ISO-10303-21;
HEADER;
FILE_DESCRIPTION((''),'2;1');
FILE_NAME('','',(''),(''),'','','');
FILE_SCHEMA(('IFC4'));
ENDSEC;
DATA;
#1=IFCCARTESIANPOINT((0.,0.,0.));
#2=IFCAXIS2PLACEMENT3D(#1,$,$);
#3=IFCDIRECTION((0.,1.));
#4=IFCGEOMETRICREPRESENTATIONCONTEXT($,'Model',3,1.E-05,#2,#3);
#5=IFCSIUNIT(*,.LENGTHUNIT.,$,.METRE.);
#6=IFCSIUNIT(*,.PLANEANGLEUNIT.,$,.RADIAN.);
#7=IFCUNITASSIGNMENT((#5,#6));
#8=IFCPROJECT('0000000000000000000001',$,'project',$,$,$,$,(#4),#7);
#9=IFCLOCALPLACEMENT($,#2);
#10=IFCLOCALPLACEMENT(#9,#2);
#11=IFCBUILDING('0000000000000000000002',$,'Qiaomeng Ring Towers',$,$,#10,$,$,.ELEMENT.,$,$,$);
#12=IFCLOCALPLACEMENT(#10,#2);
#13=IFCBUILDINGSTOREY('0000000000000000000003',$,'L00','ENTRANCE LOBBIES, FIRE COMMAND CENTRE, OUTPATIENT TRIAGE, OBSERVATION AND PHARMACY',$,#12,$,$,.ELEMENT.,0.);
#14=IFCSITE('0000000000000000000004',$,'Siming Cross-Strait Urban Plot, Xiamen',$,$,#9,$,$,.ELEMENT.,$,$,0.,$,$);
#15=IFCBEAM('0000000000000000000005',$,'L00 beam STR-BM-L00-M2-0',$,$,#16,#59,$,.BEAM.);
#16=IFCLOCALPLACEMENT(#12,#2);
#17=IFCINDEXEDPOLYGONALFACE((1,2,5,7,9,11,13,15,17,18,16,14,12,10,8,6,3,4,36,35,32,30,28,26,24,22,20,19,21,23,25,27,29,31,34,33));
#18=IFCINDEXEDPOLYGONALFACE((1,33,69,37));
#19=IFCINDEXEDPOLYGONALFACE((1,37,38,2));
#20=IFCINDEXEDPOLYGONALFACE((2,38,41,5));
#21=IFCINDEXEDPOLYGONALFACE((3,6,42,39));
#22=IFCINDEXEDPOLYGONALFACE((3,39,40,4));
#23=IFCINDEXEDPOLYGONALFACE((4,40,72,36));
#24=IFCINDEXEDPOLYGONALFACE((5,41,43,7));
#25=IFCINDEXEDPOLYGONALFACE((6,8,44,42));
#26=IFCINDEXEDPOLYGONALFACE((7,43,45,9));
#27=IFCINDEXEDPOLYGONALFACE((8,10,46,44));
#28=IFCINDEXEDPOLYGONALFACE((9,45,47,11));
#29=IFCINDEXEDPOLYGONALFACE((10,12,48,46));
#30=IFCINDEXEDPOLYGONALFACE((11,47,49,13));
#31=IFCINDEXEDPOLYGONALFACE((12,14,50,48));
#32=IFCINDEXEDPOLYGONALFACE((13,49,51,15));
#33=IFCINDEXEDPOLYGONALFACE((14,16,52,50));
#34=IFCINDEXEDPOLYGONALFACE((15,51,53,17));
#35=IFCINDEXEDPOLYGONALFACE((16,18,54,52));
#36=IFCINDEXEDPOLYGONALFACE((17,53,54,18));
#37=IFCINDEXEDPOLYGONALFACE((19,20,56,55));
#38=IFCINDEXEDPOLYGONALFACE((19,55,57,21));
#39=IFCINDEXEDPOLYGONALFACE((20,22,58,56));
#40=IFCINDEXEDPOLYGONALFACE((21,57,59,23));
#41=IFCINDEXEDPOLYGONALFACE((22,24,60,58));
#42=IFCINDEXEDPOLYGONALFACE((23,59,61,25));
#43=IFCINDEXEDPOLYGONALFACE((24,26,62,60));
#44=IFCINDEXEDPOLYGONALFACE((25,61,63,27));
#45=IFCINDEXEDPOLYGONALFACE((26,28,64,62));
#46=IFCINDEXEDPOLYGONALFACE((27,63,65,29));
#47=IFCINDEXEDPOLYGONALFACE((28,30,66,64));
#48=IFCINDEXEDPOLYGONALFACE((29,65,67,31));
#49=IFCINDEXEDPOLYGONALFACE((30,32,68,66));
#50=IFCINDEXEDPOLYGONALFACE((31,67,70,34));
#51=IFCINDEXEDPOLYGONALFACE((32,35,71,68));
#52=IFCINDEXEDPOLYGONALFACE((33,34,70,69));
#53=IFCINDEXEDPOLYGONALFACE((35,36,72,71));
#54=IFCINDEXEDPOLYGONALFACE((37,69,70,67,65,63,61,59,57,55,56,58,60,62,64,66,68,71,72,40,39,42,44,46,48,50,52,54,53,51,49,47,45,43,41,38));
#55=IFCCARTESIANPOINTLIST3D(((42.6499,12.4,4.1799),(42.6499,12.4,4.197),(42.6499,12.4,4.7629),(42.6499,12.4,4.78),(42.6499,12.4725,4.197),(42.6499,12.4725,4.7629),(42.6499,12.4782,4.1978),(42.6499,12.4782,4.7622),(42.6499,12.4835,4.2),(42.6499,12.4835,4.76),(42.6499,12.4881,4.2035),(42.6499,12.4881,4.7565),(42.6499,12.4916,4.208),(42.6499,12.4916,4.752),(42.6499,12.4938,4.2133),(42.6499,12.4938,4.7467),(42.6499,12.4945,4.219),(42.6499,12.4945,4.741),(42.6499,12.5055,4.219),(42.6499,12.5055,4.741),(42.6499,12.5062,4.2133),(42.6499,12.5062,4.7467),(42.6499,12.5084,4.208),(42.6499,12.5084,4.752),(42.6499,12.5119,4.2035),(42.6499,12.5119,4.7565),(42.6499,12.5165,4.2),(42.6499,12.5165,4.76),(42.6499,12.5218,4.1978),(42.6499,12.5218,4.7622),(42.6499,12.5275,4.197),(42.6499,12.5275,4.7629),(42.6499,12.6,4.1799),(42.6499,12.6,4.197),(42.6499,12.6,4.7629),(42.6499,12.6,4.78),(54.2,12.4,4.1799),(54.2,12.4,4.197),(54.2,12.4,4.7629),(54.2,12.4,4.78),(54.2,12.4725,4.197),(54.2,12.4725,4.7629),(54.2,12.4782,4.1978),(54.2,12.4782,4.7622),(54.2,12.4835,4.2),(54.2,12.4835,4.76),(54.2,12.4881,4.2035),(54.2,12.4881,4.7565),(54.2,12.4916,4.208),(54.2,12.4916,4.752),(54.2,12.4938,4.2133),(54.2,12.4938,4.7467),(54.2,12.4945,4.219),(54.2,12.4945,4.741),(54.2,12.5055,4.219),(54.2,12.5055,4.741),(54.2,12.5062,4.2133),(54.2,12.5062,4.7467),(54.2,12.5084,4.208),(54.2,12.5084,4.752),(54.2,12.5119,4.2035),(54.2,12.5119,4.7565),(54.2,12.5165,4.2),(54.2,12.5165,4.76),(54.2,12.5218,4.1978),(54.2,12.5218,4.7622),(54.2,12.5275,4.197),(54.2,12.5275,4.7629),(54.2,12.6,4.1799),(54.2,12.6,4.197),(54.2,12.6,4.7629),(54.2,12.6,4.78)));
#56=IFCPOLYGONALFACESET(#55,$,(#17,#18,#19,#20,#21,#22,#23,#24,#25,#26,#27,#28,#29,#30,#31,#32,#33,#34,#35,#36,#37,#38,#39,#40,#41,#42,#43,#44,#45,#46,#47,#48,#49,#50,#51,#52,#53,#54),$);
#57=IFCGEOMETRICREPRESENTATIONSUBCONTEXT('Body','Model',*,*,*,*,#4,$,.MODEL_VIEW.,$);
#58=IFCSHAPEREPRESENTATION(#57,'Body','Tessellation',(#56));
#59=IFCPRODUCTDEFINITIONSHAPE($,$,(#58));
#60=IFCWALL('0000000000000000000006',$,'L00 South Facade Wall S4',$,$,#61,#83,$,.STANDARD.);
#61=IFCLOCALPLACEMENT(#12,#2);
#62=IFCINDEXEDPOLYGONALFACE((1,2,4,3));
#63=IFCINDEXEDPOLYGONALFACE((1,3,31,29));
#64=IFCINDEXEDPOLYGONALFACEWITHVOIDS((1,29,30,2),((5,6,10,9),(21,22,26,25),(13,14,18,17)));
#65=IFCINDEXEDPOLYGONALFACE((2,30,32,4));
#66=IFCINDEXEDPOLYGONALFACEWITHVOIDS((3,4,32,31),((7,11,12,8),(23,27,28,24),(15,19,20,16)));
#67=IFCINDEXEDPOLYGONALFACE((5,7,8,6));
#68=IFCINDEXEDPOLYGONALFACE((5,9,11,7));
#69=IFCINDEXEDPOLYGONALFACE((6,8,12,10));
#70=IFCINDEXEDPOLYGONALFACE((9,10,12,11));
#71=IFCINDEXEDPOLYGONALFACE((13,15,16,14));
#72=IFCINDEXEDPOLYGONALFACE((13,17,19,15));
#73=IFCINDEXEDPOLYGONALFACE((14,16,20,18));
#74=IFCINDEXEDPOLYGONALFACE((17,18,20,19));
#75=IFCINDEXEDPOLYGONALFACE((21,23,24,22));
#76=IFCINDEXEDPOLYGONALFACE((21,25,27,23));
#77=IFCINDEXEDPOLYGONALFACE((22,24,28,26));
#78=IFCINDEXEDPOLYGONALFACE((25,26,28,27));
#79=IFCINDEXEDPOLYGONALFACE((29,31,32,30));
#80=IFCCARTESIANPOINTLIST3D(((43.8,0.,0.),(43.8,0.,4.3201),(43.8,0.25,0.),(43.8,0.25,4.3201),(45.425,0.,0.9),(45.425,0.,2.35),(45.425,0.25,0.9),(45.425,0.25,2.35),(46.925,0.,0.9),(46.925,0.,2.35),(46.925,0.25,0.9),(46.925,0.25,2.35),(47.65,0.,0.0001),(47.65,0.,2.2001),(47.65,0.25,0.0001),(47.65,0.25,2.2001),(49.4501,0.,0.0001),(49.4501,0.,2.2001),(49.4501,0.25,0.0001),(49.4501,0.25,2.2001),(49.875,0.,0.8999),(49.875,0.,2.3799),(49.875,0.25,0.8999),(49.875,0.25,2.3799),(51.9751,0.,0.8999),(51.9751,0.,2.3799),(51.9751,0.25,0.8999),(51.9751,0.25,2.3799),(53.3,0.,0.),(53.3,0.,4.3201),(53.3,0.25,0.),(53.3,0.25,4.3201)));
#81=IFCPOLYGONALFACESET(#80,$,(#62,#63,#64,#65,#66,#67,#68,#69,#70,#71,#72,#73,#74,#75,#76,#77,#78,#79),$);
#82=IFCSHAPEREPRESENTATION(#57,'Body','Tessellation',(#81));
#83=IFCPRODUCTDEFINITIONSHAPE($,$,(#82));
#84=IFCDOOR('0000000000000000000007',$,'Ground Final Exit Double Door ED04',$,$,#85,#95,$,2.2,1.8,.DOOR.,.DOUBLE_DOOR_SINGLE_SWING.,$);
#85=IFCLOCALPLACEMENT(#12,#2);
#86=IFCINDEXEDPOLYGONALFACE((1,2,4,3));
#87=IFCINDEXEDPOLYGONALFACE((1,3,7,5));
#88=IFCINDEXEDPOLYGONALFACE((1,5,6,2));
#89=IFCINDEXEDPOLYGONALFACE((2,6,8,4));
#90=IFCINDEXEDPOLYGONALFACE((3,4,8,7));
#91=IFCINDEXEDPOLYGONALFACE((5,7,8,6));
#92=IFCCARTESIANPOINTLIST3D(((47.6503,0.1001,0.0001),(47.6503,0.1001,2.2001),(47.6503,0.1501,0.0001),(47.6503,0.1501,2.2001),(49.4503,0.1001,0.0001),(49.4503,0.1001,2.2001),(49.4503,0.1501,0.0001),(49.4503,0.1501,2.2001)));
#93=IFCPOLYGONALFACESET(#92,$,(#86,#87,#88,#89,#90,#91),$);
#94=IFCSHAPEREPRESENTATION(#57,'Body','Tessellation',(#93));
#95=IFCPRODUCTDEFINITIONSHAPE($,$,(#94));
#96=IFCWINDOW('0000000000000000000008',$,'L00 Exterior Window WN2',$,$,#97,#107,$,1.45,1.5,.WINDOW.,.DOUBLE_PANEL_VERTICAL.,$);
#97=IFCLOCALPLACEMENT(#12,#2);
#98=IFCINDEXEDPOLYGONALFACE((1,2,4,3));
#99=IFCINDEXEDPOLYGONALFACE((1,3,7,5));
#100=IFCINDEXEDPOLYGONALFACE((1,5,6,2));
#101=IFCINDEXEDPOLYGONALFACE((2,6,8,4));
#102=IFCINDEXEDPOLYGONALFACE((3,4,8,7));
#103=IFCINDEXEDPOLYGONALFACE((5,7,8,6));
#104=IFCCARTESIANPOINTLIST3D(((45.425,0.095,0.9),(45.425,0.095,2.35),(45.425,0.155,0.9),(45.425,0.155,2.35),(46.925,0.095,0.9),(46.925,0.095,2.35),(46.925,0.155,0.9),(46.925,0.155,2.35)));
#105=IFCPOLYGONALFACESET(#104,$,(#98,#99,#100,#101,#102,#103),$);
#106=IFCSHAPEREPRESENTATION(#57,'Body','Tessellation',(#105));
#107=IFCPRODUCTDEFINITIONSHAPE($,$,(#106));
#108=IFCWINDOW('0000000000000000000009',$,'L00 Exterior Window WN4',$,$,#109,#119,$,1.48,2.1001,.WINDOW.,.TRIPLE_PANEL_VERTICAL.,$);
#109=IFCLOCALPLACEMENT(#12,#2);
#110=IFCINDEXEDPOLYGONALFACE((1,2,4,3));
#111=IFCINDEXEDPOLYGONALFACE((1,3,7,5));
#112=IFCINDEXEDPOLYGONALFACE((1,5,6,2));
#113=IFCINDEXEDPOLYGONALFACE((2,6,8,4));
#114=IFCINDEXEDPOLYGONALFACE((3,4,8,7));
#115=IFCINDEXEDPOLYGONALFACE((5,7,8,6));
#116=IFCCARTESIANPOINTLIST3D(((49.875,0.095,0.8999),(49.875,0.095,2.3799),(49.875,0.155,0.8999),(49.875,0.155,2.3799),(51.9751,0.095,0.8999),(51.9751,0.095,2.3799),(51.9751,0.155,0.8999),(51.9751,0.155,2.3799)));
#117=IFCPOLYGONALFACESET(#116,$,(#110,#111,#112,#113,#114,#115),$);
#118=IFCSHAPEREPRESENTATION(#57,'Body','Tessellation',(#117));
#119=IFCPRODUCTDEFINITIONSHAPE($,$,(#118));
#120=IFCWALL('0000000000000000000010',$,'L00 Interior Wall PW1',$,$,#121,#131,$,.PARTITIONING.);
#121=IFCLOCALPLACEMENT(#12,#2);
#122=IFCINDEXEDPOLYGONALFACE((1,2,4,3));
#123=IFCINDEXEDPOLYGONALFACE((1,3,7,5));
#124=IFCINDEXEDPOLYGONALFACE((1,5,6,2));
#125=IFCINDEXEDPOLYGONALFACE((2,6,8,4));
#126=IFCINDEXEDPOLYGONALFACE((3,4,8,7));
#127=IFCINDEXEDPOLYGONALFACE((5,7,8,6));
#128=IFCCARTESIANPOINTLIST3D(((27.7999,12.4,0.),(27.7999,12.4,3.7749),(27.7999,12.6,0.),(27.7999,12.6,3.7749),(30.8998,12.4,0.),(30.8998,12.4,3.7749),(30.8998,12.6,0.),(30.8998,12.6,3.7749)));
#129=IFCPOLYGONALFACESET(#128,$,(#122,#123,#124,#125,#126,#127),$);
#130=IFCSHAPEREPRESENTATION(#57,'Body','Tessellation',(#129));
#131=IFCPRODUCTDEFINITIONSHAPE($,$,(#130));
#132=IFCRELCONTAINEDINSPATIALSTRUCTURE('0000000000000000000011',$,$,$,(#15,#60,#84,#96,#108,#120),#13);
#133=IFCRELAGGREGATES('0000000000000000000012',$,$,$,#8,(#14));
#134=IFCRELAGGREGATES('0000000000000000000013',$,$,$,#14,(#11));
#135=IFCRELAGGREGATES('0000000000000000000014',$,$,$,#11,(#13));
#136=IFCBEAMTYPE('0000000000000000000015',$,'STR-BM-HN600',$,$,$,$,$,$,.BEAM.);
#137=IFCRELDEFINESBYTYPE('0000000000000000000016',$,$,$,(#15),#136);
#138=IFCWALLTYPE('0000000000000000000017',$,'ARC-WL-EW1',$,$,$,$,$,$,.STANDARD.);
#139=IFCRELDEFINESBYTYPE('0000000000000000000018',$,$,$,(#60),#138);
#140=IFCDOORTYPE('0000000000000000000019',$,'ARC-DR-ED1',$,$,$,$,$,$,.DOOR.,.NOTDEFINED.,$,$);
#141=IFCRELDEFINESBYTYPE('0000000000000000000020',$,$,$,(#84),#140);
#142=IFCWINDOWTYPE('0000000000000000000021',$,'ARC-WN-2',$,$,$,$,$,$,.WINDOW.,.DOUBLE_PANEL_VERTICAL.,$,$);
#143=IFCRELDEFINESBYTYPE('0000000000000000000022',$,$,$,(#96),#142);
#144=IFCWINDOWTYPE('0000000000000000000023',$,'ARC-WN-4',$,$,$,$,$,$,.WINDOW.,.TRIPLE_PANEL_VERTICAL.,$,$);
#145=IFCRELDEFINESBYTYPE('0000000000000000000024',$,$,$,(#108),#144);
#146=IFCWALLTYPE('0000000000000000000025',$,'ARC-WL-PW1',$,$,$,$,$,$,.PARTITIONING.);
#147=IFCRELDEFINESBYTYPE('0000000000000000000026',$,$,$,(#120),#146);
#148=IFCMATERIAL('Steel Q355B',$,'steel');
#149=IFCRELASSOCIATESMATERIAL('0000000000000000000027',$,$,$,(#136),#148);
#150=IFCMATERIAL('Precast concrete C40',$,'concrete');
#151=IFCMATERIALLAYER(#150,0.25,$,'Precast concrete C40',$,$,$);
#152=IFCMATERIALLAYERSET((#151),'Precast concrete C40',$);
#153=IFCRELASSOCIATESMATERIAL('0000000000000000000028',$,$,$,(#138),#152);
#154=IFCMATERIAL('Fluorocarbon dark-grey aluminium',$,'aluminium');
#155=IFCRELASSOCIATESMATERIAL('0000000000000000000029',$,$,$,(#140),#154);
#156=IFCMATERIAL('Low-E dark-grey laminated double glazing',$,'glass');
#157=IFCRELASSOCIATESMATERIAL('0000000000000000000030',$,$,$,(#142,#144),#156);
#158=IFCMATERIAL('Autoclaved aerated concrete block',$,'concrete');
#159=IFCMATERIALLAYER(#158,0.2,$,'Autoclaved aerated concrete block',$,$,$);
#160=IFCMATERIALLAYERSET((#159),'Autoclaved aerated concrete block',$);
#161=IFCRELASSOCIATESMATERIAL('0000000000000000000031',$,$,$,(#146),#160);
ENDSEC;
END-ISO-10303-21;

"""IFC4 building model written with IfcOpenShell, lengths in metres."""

from ifc_helpers import new_model, si_unit, direction, frame, frame_2d, origin, origin_2d, place, context, subcontext, project, spatial, rectangle, i_section, extrude, source, transform, mapped, material, layer, layer_set, material_profile, profile_set, type_object, element, fill, save


model = new_model("IFC4")

# Units and contexts
model_context = context("Model", 3, precision=1e-05, world=origin(), true_north=direction((0.0, 1.0)))
body_context = subcontext(model_context, "Body", "Model", "MODEL_VIEW")
ifc_project = project(units=[si_unit("LENGTHUNIT", "METRE"), si_unit("PLANEANGLEUNIT", "RADIAN")], contexts=[model_context])

# Site, building, storey
site_placement = place(None, origin())
site = spatial("IfcSite", under=ifc_project, at=site_placement, Name="Siming Cross-Strait Urban Plot, Xiamen", CompositionType="ELEMENT", RefElevation=0.0)
building_placement = place(site_placement, origin())
building = spatial("IfcBuilding", under=site, at=building_placement, Name="Qiaomeng Ring Towers", CompositionType="ELEMENT")
storey_placement = place(building_placement, origin())
storey = spatial("IfcBuildingStorey", under=building, at=storey_placement, Name="L00", Description="ENTRANCE LOBBIES, FIRE COMMAND CENTRE, OUTPATIENT TRIAGE, OBSERVATION AND PHARMACY", CompositionType="ELEMENT", Elevation=0.0)

# Beam
ifc_material_1 = material(Name="Steel Q355B", Category="steel")
ifc_material_profile_1 = material_profile(ifc_material_1, i_section(OverallWidth=0.2, OverallDepth=0.6001, WebThickness=0.011, FlangeThickness=0.0171, FilletRadius=0.022, at=origin_2d()), Name="HN 600x200x11x17")
ifc_profile_set_1 = profile_set([ifc_material_profile_1], Name="Steel Q355B")
beam_type_1 = type_object("IfcBeamType", Name="STR-BM-HN600", PredefinedType="BEAM", material=ifc_profile_set_1)
shared_shape_1 = source(origin(), body_context, "Body", "SweptSolid", [
    extrude(i_section(OverallWidth=0.2, OverallDepth=0.6001, WebThickness=0.011, FlangeThickness=0.0171, FilletRadius=0.022, at=origin_2d()), origin(), (0.0, 0.0, 1.0), 11.55),
])
beam_1_placement = place(storey_placement, frame((42.6499, 12.5, 4.48), z_axis=(1.0, 0.0, 0.0), x_axis=(0.0, 1.0, 0.0)))
element("IfcBeam", 1, at=beam_1_placement, inside=storey, type_object=beam_type_1, Name="L00 beam STR-BM-L00-M2-0", PredefinedType="BEAM", context=body_context, shape_type="MappedRepresentation", body=[
    mapped(shared_shape_1, transform((0.0, 0.0, 0.0), x_axis=(1.0, 0.0, 0.0), y_axis=(0.0, 1.0, 0.0), z_axis=(0.0, 0.0, 1.0), scale=1.0)),
])

# Wall, openings, door, windows
ifc_material_2 = material(Name="Precast concrete C40", Category="concrete")
ifc_layer_1 = layer(ifc_material_2, 0.25, Name="Precast concrete C40")
ifc_layer_set_1 = layer_set([ifc_layer_1], Name="Precast concrete C40")
wall_type_1 = type_object("IfcWallType", Name="ARC-WL-EW1", PredefinedType="STANDARD", material=ifc_layer_set_1)
wall_1_placement = place(storey_placement, frame((43.8, 0.125, 0.0), z_axis=(0.0, 0.0, 1.0), x_axis=(1.0, 0.0, 0.0)))
wall_1 = element("IfcWall", 2, at=wall_1_placement, inside=storey, type_object=wall_type_1, Name="L00 South Facade Wall S4", PredefinedType="STANDARD", context=body_context, shape_type="SweptSolid", body=[
    extrude(rectangle(XDim=9.5, YDim=0.25, at=frame_2d((4.75, 0.0))), origin(), (0.0, 0.0, 1.0), 4.3201),
])
opening_1_placement = place(wall_1_placement, frame((3.8501, 0.0, 0.0)))
opening_1 = element("IfcOpeningElement", 3, at=opening_1_placement, cuts=wall_1, PredefinedType="OPENING", context=body_context, shape_type="SweptSolid", body=[
    extrude(rectangle(XDim=1.8, YDim=2.2, at=frame_2d((0.8999, 1.1001))), frame((0.0, 0.135, 0.0), z_axis=(0.0, -1.0, 0.0), x_axis=(1.0, 0.0, 0.0)), (0.0, 0.0, 1.0), 0.27),
])
opening_2_placement = place(wall_1_placement, frame((1.625, 0.0, 0.8999)))
opening_2 = element("IfcOpeningElement", 4, at=opening_2_placement, cuts=wall_1, PredefinedType="OPENING", context=body_context, shape_type="SweptSolid", body=[
    extrude(rectangle(XDim=1.5, YDim=1.45, at=frame_2d((0.75, 0.7251))), frame((0.0, 0.135, 0.0), z_axis=(0.0, -1.0, 0.0), x_axis=(1.0, 0.0, 0.0)), (0.0, 0.0, 1.0), 0.27),
])
opening_3_placement = place(wall_1_placement, frame((6.075, 0.0, 0.8999)))
opening_3 = element("IfcOpeningElement", 5, at=opening_3_placement, cuts=wall_1, PredefinedType="OPENING", context=body_context, shape_type="SweptSolid", body=[
    extrude(rectangle(XDim=2.1001, YDim=1.48, at=frame_2d((1.05, 0.74))), frame((0.0, 0.135, 0.0), z_axis=(0.0, -1.0, 0.0), x_axis=(1.0, 0.0, 0.0)), (0.0, 0.0, 1.0), 0.27),
])
ifc_material_3 = material(Name="Fluorocarbon dark-grey aluminium", Category="aluminium")
door_type_1 = type_object("IfcDoorType", Name="ARC-DR-ED1", OperationType="NOTDEFINED", PredefinedType="DOOR", material=ifc_material_3)
shared_shape_2 = source(origin(), body_context, "Body", "SweptSolid", [
    extrude(rectangle(XDim=1.8, YDim=2.2, at=frame_2d((0.8999, 1.1001))), frame((0.0, 0.0249, 0.0), z_axis=(0.0, -1.0, 0.0), x_axis=(1.0, 0.0, 0.0)), (0.0, 0.0, 1.0), 0.05),
])
door_1_placement = place(opening_1_placement, frame((1.8, 0.0, 0.0), z_axis=(0.0, 0.0, 1.0), x_axis=(-1.0, 0.0, 0.0)))
door_1 = element("IfcDoor", 6, at=door_1_placement, inside=storey, type_object=door_type_1, Name="Ground Final Exit Double Door ED04", OperationType="DOUBLE_DOOR_SINGLE_SWING", OverallHeight=2.2, OverallWidth=1.8, PredefinedType="DOOR", context=body_context, shape_type="MappedRepresentation", body=[
    mapped(shared_shape_2, transform((0.0, 0.0, 0.0), x_axis=(1.0, 0.0, 0.0), y_axis=(0.0, 1.0, 0.0), z_axis=(0.0, 0.0, 1.0), scale=1.0)),
])
fill(opening_1, door_1)
ifc_material_4 = material(Name="Low-E dark-grey laminated double glazing", Category="glass")
window_type_1 = type_object("IfcWindowType", Name="ARC-WN-2", PartitioningType="DOUBLE_PANEL_VERTICAL", PredefinedType="WINDOW", material=ifc_material_4)
shared_shape_3 = source(origin(), body_context, "Body", "SweptSolid", [
    extrude(rectangle(XDim=1.5, YDim=1.45, at=frame_2d((0.75, 0.7251))), frame((0.0, 0.03, 0.0), z_axis=(0.0, -1.0, 0.0), x_axis=(1.0, 0.0, 0.0)), (0.0, 0.0, 1.0), 0.0601),
])
window_1_placement = place(opening_2_placement, origin())
window_1 = element("IfcWindow", 7, at=window_1_placement, inside=storey, type_object=window_type_1, Name="L00 Exterior Window WN2", OverallHeight=1.45, OverallWidth=1.5, PartitioningType="DOUBLE_PANEL_VERTICAL", PredefinedType="WINDOW", context=body_context, shape_type="MappedRepresentation", body=[
    mapped(shared_shape_3, transform((0.0, 0.0, 0.0), x_axis=(1.0, 0.0, 0.0), y_axis=(0.0, 1.0, 0.0), z_axis=(0.0, 0.0, 1.0), scale=1.0)),
])
fill(opening_2, window_1)
window_type_2 = type_object("IfcWindowType", Name="ARC-WN-4", PartitioningType="TRIPLE_PANEL_VERTICAL", PredefinedType="WINDOW", material=ifc_material_4)
shared_shape_4 = source(origin(), body_context, "Body", "SweptSolid", [
    extrude(rectangle(XDim=2.1001, YDim=1.48, at=frame_2d((1.05, 0.74))), frame((0.0, 0.03, 0.0), z_axis=(0.0, -1.0, 0.0), x_axis=(1.0, 0.0, 0.0)), (0.0, 0.0, 1.0), 0.0601),
])
window_2_placement = place(opening_3_placement, origin())
window_2 = element("IfcWindow", 8, at=window_2_placement, inside=storey, type_object=window_type_2, Name="L00 Exterior Window WN4", OverallHeight=1.48, OverallWidth=2.1001, PartitioningType="TRIPLE_PANEL_VERTICAL", PredefinedType="WINDOW", context=body_context, shape_type="MappedRepresentation", body=[
    mapped(shared_shape_4, transform((0.0, 0.0, 0.0), x_axis=(1.0, 0.0, 0.0), y_axis=(0.0, 1.0, 0.0), z_axis=(0.0, 0.0, 1.0), scale=1.0)),
])
fill(opening_3, window_2)

# Wall
ifc_material_5 = material(Name="Autoclaved aerated concrete block", Category="concrete")
ifc_layer_2 = layer(ifc_material_5, 0.2, Name="Autoclaved aerated concrete block")
ifc_layer_set_2 = layer_set([ifc_layer_2], Name="Autoclaved aerated concrete block")
wall_type_2 = type_object("IfcWallType", Name="ARC-WL-PW1", PredefinedType="PARTITIONING", material=ifc_layer_set_2)
wall_2_placement = place(storey_placement, frame((27.8, 12.5, 0.0), z_axis=(0.0, 0.0, 1.0), x_axis=(1.0, 0.0, 0.0)))
element("IfcWall", 9, at=wall_2_placement, inside=storey, type_object=wall_type_2, Name="L00 Interior Wall PW1", PredefinedType="PARTITIONING", context=body_context, shape_type="SweptSolid", body=[
    extrude(rectangle(XDim=3.0999, YDim=0.2, at=frame_2d((1.5498, 0.0))), origin(), (0.0, 0.0, 1.0), 3.7749),
])

save(model, "model.ifc")
